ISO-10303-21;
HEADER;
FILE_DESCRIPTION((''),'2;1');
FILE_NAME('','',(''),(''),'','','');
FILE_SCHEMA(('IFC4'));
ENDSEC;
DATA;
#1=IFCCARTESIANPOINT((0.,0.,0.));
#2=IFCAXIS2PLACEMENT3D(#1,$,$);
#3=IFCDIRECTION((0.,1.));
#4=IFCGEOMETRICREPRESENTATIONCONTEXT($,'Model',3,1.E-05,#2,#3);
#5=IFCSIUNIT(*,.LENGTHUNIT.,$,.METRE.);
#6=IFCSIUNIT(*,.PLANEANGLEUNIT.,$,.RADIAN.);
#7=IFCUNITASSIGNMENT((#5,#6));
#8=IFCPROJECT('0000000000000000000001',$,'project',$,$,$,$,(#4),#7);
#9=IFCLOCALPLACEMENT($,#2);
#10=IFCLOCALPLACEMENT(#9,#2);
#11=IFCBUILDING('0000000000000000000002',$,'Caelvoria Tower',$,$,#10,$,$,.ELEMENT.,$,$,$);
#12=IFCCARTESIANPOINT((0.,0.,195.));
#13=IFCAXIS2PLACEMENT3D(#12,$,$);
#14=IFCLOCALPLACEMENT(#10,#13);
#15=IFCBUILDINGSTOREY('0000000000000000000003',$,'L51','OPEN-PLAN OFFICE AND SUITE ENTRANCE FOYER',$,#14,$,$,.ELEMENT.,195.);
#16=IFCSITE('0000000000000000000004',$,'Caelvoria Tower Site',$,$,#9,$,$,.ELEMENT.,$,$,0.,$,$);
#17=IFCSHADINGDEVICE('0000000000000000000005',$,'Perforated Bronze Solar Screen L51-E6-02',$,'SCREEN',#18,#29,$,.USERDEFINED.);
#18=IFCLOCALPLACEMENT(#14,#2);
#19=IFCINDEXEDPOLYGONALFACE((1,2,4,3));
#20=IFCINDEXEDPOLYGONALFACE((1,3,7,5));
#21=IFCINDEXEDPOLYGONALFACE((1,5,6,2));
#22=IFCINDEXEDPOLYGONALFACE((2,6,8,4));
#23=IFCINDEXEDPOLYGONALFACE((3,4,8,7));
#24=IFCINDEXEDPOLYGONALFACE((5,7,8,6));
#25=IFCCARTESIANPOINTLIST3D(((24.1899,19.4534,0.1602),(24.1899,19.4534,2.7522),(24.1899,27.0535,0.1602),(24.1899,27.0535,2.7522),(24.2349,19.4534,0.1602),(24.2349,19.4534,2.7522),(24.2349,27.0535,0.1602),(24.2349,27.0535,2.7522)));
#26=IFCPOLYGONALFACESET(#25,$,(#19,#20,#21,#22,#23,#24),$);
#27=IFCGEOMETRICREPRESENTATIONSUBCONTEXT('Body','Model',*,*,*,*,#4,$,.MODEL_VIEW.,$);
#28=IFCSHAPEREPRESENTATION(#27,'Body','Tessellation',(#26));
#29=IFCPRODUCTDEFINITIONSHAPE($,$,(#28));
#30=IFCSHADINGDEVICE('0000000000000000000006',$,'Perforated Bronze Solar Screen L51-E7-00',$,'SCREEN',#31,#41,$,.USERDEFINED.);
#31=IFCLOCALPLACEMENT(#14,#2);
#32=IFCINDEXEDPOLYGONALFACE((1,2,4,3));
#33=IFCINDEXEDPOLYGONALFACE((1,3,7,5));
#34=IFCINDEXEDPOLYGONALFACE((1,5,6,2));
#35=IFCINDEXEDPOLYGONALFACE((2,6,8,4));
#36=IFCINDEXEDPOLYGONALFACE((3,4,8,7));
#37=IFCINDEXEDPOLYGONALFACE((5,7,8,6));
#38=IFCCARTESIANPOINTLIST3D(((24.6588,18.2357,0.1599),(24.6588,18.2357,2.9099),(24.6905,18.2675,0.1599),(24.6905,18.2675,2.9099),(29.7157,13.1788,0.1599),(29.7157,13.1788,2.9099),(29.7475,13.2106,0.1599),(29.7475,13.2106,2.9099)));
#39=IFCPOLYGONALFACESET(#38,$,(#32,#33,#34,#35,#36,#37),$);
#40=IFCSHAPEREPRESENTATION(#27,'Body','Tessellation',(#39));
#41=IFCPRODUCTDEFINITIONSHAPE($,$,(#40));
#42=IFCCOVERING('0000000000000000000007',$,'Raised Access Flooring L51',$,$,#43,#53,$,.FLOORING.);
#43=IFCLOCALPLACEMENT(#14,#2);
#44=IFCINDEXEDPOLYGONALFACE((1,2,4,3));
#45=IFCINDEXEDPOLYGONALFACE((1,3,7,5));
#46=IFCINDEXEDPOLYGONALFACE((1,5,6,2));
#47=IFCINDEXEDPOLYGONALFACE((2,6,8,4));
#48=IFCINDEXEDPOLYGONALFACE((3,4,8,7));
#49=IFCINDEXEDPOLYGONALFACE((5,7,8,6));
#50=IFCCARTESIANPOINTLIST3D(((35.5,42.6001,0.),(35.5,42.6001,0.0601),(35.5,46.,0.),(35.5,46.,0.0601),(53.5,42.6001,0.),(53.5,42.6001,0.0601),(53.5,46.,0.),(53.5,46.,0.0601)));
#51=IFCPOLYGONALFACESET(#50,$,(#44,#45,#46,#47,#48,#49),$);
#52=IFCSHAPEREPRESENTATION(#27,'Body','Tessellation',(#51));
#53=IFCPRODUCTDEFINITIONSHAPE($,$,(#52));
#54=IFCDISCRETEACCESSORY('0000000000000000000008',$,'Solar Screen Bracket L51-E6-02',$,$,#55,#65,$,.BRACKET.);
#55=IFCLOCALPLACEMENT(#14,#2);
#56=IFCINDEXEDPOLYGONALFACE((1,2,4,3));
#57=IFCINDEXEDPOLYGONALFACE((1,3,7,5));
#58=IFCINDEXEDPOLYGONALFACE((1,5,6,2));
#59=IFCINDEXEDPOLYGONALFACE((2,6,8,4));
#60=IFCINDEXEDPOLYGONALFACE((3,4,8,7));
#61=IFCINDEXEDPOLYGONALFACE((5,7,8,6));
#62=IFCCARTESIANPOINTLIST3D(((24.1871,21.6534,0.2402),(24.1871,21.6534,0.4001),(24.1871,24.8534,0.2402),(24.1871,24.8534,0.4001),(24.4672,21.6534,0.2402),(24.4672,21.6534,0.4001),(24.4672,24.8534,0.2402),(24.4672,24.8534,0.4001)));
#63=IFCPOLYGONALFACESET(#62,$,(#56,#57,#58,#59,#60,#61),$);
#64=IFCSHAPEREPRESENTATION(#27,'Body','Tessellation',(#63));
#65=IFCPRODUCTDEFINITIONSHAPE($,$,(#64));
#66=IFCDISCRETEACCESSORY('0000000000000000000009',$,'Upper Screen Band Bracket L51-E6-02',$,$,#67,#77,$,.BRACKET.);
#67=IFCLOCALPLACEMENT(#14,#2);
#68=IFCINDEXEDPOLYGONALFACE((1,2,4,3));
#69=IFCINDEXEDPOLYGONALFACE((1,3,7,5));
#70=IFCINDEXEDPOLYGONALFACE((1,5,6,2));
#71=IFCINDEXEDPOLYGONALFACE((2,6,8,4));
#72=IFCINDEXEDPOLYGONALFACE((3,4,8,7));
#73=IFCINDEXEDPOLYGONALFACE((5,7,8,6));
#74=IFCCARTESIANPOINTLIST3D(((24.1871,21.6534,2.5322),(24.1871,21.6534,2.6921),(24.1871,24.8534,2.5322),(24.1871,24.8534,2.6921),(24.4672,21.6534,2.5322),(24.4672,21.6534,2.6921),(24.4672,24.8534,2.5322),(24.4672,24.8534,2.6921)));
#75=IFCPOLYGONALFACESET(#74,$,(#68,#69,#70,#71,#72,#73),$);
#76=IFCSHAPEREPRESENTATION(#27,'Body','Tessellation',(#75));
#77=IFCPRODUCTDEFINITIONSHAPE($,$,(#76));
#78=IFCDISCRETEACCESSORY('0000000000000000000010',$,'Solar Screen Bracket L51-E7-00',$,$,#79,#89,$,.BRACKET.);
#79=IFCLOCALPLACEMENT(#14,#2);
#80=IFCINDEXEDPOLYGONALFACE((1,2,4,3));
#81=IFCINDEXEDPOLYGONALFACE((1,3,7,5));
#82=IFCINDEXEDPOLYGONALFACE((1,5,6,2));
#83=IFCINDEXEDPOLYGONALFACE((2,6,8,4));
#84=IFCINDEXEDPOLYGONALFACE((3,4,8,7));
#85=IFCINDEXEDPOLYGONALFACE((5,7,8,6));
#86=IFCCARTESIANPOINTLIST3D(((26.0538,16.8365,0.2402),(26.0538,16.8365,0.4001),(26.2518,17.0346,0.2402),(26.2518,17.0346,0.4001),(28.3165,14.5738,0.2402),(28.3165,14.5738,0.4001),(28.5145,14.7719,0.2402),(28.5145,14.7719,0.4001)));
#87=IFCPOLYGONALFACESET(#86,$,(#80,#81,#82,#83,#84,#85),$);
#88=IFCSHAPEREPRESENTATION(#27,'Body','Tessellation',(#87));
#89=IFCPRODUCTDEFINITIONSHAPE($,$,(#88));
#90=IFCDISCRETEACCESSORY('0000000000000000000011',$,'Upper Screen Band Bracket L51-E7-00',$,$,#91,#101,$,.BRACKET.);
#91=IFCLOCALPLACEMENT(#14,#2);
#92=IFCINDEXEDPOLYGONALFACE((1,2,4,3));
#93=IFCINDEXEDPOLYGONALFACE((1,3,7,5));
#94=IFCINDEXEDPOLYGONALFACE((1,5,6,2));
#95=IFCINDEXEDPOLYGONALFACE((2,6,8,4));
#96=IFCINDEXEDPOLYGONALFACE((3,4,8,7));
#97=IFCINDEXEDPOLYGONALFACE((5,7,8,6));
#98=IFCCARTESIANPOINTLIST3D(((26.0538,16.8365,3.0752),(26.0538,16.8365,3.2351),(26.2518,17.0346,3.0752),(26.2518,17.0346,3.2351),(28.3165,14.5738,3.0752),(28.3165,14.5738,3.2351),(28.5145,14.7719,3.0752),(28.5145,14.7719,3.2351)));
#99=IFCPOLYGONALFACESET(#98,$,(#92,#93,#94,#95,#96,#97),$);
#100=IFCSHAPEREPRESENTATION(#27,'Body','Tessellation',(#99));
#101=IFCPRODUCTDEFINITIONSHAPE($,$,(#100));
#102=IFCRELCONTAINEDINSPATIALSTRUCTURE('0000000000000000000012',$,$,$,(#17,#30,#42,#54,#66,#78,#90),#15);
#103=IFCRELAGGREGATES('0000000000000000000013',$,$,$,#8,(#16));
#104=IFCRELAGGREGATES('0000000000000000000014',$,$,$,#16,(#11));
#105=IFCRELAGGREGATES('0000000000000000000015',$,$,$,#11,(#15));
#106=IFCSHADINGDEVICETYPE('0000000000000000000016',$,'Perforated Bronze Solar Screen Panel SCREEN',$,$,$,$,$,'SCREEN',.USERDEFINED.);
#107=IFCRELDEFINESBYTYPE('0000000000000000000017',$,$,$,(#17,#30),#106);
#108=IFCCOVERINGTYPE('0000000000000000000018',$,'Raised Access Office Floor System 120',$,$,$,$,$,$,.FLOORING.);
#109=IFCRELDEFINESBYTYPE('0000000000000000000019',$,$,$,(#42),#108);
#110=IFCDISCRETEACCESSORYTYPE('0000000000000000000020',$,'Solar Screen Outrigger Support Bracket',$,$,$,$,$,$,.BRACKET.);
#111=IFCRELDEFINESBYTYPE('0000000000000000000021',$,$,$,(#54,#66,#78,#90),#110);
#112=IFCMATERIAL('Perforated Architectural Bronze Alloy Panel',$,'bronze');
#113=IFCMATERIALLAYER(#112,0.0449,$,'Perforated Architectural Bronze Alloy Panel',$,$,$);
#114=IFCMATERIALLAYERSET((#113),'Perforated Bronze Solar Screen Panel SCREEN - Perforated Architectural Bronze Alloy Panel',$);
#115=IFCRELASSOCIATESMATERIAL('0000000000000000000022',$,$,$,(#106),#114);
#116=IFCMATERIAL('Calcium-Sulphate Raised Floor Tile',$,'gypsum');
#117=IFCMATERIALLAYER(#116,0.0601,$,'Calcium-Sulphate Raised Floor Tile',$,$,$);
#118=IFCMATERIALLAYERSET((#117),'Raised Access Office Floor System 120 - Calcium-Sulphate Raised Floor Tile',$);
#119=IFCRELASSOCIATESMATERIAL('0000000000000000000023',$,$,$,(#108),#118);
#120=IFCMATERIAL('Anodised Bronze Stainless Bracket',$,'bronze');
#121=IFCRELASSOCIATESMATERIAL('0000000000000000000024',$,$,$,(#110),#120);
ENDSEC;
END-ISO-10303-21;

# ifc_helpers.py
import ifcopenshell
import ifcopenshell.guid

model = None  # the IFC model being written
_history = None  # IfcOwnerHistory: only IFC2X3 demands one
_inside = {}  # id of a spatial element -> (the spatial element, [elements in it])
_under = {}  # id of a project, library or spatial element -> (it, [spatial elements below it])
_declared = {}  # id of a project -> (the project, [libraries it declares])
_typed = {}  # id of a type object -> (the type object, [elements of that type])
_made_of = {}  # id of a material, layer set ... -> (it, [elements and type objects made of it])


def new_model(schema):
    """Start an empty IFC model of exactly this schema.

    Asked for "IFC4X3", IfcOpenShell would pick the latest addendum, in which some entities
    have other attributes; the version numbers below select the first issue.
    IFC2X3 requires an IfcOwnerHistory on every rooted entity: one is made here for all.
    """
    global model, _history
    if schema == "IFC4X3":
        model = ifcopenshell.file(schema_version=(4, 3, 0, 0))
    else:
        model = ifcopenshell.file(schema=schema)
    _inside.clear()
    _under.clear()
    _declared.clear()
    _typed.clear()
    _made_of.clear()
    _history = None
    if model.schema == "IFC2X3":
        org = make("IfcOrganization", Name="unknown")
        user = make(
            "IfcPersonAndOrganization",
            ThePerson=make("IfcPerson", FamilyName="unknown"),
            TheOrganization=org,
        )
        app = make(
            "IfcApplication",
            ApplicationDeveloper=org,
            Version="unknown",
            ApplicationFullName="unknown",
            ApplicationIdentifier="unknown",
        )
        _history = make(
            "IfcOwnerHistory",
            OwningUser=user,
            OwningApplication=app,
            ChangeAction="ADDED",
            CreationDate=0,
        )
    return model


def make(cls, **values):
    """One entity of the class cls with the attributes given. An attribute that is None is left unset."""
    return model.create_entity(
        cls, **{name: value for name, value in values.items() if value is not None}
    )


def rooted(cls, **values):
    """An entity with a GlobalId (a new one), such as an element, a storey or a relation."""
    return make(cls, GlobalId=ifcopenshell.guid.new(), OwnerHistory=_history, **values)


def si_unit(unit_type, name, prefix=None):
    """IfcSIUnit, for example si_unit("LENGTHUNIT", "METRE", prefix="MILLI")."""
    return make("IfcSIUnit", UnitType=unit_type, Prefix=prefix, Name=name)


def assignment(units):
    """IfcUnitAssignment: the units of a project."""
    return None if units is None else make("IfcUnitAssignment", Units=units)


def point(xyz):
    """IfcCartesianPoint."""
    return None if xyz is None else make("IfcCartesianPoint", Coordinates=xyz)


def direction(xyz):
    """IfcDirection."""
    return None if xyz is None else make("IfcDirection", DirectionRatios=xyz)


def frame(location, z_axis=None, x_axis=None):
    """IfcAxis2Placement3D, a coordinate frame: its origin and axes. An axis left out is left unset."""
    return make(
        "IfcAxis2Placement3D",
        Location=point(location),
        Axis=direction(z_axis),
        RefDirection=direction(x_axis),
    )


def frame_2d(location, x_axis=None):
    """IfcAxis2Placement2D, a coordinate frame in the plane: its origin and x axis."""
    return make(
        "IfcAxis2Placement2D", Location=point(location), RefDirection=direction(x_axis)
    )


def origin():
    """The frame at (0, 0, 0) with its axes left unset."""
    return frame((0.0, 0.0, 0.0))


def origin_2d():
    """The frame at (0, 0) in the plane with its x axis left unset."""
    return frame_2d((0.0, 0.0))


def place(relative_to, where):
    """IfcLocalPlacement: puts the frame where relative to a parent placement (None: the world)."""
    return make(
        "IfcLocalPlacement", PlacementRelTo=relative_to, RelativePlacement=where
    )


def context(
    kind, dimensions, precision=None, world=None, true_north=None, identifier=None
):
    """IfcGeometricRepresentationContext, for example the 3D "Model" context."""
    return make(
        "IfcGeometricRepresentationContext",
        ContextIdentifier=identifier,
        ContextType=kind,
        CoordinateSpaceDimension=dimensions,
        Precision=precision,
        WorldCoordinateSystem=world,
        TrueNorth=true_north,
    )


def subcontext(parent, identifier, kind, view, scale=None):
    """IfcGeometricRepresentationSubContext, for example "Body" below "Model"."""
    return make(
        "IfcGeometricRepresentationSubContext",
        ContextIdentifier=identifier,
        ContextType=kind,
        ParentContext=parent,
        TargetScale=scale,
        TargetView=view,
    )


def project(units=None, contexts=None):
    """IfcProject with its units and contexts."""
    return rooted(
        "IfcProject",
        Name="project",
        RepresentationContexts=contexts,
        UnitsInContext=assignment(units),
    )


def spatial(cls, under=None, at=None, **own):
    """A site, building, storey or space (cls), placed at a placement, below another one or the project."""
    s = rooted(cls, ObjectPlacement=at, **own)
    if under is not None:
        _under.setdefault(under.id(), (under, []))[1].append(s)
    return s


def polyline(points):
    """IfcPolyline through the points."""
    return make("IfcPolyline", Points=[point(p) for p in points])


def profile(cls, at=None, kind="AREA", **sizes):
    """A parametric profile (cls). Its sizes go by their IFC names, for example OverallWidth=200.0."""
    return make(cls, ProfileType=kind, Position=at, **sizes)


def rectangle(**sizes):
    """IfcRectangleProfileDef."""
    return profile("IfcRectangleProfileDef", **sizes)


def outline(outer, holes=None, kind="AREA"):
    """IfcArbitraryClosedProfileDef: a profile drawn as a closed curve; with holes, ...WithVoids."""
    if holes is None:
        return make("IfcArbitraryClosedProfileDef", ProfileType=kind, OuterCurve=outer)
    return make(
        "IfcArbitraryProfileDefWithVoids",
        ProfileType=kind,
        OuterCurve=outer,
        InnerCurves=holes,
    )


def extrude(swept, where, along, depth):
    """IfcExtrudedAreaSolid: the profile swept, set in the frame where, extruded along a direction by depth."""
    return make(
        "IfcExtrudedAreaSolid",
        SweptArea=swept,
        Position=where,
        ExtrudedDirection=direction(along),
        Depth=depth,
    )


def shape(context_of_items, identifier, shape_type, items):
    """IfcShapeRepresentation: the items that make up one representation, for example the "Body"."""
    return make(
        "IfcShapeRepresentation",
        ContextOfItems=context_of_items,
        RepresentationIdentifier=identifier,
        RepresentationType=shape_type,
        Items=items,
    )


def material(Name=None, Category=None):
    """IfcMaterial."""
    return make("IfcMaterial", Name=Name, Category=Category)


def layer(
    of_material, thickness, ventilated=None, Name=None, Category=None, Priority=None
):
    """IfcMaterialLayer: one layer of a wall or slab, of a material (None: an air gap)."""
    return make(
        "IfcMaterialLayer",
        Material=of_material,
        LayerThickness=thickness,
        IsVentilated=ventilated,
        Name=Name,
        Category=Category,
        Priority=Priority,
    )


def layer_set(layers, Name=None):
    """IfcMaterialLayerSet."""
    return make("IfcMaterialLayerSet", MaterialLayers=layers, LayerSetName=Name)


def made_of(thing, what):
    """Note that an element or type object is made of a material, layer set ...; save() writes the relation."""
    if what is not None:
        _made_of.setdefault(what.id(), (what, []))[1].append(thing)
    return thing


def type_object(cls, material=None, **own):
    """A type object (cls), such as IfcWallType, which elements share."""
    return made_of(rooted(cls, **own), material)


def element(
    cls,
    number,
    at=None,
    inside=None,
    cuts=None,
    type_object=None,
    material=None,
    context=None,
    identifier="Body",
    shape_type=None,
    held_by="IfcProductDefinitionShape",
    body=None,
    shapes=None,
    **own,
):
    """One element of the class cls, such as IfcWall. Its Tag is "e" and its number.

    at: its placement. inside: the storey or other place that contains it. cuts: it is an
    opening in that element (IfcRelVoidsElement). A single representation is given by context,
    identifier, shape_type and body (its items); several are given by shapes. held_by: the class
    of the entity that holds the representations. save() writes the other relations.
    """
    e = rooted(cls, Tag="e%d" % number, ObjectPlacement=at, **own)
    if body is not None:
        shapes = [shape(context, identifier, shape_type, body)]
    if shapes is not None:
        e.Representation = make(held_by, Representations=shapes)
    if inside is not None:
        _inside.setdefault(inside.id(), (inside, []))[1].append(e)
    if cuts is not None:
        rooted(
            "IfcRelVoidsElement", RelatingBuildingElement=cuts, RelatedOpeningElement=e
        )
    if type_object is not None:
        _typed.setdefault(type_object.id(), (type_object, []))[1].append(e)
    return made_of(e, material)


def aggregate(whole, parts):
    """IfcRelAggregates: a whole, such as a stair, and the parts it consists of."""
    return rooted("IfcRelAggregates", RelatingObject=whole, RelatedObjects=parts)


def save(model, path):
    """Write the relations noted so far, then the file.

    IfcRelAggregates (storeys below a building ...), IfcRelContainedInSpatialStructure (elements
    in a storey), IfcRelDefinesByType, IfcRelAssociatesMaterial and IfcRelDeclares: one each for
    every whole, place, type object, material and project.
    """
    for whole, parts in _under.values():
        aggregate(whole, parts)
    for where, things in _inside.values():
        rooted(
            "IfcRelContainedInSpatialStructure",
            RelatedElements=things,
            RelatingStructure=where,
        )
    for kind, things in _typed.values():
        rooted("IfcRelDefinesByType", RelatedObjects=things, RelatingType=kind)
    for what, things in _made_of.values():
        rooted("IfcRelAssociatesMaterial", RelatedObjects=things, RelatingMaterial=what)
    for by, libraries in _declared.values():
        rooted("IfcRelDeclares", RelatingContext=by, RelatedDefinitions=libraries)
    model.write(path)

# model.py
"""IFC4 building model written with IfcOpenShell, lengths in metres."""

from ifc_helpers import new_model, si_unit, direction, frame, origin, origin_2d, place, context, subcontext, project, spatial, polyline, rectangle, outline, extrude, material, layer, layer_set, type_object, element, save


model = new_model("IFC4")

# Units and contexts
model_context = context("Model", 3, precision=1e-05, world=origin(), true_north=direction((0.0, 1.0)))
body_context = subcontext(model_context, "Body", "Model", "MODEL_VIEW")
ifc_project = project(units=[si_unit("LENGTHUNIT", "METRE"), si_unit("PLANEANGLEUNIT", "RADIAN")], contexts=[model_context])

# Site, building, storey
site_placement = place(None, origin())
site = spatial("IfcSite", under=ifc_project, at=site_placement, Name="Caelvoria Tower Site", CompositionType="ELEMENT", RefElevation=0.0)
building_placement = place(site_placement, origin())
building = spatial("IfcBuilding", under=site, at=building_placement, Name="Caelvoria Tower", CompositionType="ELEMENT")
storey_placement = place(building_placement, frame((0.0, 0.0, 195.0)))
storey = spatial("IfcBuildingStorey", under=building, at=storey_placement, Name="L51", Description="OPEN-PLAN OFFICE AND SUITE ENTRANCE FOYER", CompositionType="ELEMENT", Elevation=195.0)

# Shading devices
ifc_material_1 = material(Name="Perforated Architectural Bronze Alloy Panel", Category="bronze")
ifc_layer_1 = layer(ifc_material_1, 0.0449, Name="Perforated Architectural Bronze Alloy Panel")
ifc_layer_set_1 = layer_set([ifc_layer_1], Name="Perforated Bronze Solar Screen Panel SCREEN - Perforated Architectural Bronze Alloy Panel")
shading_device_type = type_object("IfcShadingDeviceType", Name="Perforated Bronze Solar Screen Panel SCREEN", ElementType="SCREEN", PredefinedType="USERDEFINED", material=ifc_layer_set_1)
shading_device_1_placement = place(storey_placement, frame((24.2124, 23.2534, 0.1602), z_axis=(0.0, 0.0, 1.0), x_axis=(0.0, -1.0, 0.0)))
element("IfcShadingDevice", 1, at=shading_device_1_placement, inside=storey, type_object=shading_device_type, Name="Perforated Bronze Solar Screen L51-E6-02", ObjectType="SCREEN", PredefinedType="USERDEFINED", context=body_context, shape_type="SweptSolid", body=[
    extrude(rectangle(XDim=7.6001, YDim=0.0449, at=origin_2d()), origin(), (0.0, 0.0, 1.0), 2.592),
])
shading_device_2_placement = place(storey_placement, frame((27.2031, 15.7231, 0.1599), z_axis=(0.0, 0.0, 1.0), x_axis=(0.707107, -0.707107, 0.0)))
element("IfcShadingDevice", 2, at=shading_device_2_placement, inside=storey, type_object=shading_device_type, Name="Perforated Bronze Solar Screen L51-E7-00", ObjectType="SCREEN", PredefinedType="USERDEFINED", context=body_context, shape_type="SweptSolid", body=[
    extrude(rectangle(XDim=7.1516, YDim=0.0449, at=origin_2d()), origin(), (0.0, 0.0, 1.0), 2.75),
])

# Covering
ifc_material_2 = material(Name="Calcium-Sulphate Raised Floor Tile", Category="gypsum")
ifc_layer_2 = layer(ifc_material_2, 0.0601, Name="Calcium-Sulphate Raised Floor Tile")
ifc_layer_set_2 = layer_set([ifc_layer_2], Name="Raised Access Office Floor System 120 - Calcium-Sulphate Raised Floor Tile")
covering_type_1 = type_object("IfcCoveringType", Name="Raised Access Office Floor System 120", PredefinedType="FLOORING", material=ifc_layer_set_2)
covering_1_placement = place(storey_placement, origin())
element("IfcCovering", 3, at=covering_1_placement, inside=storey, type_object=covering_type_1, Name="Raised Access Flooring L51", PredefinedType="FLOORING", context=body_context, shape_type="SweptSolid", body=[
    extrude(outline(polyline([(35.5, 42.6001), (53.5, 42.6001), (53.5, 46.0), (35.5, 46.0), (35.5, 42.6001)])), origin(), (0.0, 0.0, 1.0), 0.0601),
])

# Discrete accessories
ifc_material_3 = material(Name="Anodised Bronze Stainless Bracket", Category="bronze")
discrete_accessory_type = type_object("IfcDiscreteAccessoryType", Name="Solar Screen Outrigger Support Bracket", PredefinedType="BRACKET", material=ifc_material_3)
for number, where, z_axis, x_axis, name in (
    (4, (24.3271, 23.2534, 0.2402), (0.0, 0.0, 1.0), (0.0, -1.0, 0.0), "Solar Screen Bracket L51-E6-02"),
    (5, (24.3271, 23.2534, 2.5322), (0.0, 0.0, 1.0), (0.0, -1.0, 0.0), "Upper Screen Band Bracket L51-E6-02"),
    (6, (27.2842, 15.8042, 0.2402), (0.0, 0.0, 1.0), (0.707107, -0.707107, 0.0), "Solar Screen Bracket L51-E7-00"),
    (7, (27.2842, 15.8042, 3.0752), (0.0, 0.0, 1.0), (0.707107, -0.707107, 0.0), "Upper Screen Band Bracket L51-E7-00"),
):
    element("IfcDiscreteAccessory", number, at=place(storey_placement, frame(where, z_axis=z_axis, x_axis=x_axis)), inside=storey, type_object=discrete_accessory_type, Name=name, PredefinedType="BRACKET", context=body_context, shape_type="SweptSolid", body=[
        extrude(rectangle(XDim=3.2, YDim=0.28, at=origin_2d()), origin(), (0.0, 0.0, 1.0), 0.1599),
    ])

save(model, "model.ifc")
